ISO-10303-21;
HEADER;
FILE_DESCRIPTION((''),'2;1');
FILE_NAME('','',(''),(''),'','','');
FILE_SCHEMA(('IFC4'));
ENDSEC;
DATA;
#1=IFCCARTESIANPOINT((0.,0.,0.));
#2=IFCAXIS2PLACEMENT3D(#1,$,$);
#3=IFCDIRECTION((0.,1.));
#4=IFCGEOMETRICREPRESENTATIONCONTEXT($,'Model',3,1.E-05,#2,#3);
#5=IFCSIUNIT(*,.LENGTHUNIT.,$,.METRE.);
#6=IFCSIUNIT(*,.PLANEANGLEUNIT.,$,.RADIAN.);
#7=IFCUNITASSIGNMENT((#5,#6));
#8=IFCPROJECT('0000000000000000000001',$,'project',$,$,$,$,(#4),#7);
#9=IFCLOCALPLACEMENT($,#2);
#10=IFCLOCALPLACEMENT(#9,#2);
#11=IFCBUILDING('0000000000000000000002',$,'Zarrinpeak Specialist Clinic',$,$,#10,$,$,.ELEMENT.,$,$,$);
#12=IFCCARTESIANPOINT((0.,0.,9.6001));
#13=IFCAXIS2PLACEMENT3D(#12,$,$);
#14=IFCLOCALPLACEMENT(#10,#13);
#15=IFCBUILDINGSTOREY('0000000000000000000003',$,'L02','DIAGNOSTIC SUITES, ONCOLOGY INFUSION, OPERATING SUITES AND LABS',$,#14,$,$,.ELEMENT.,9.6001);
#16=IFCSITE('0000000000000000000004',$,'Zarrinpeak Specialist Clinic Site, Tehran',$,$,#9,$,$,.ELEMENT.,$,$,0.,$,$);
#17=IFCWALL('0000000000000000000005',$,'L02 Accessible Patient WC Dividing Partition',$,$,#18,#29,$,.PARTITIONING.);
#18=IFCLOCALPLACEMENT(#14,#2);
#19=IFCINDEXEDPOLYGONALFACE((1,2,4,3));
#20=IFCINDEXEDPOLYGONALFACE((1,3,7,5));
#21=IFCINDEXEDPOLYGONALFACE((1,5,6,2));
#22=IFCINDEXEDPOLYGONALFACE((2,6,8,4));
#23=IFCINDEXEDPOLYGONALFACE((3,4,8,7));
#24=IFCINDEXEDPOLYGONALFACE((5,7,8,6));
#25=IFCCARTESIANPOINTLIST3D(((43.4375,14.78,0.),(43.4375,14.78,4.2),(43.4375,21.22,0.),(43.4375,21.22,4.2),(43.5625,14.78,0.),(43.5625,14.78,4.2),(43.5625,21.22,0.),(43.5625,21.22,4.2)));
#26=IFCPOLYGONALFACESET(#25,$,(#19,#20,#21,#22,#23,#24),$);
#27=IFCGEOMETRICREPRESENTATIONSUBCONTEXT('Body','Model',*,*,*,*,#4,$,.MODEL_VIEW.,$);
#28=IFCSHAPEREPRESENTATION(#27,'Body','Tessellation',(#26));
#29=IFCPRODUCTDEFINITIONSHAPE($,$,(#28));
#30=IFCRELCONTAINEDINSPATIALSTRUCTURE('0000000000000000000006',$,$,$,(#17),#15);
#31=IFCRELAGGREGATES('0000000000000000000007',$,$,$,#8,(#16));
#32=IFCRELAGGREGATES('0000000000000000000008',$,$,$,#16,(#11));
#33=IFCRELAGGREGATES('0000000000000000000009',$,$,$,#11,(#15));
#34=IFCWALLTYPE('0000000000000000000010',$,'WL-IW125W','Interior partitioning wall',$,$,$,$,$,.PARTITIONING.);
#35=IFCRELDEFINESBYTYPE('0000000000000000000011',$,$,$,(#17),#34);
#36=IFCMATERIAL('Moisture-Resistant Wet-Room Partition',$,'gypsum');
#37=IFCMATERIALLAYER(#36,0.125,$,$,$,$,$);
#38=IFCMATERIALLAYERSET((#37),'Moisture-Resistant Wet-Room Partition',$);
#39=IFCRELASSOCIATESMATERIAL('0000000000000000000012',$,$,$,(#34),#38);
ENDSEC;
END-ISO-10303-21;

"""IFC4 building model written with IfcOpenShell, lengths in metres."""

from ifc_helpers import new_model, si_unit, direction, frame, frame_2d, origin, place, context, subcontext, project, spatial, rectangle, extrude, material, layer, layer_set, type_object, element, save


model = new_model("IFC4")

# Units and contexts
model_context = context("Model", 3, precision=1e-05, world=origin(), true_north=direction((0.0, 1.0)))
body_context = subcontext(model_context, "Body", "Model", "MODEL_VIEW")
ifc_project = project(units=[si_unit("LENGTHUNIT", "METRE"), si_unit("PLANEANGLEUNIT", "RADIAN")], contexts=[model_context])

# Site, building, storey
site_placement = place(None, origin())
site = spatial("IfcSite", under=ifc_project, at=site_placement, Name="Zarrinpeak Specialist Clinic Site, Tehran", CompositionType="ELEMENT", RefElevation=0.0)
building_placement = place(site_placement, origin())
building = spatial("IfcBuilding", under=site, at=building_placement, Name="Zarrinpeak Specialist Clinic", CompositionType="ELEMENT")
storey_placement = place(building_placement, frame((0.0, 0.0, 9.6001)))
storey = spatial("IfcBuildingStorey", under=building, at=storey_placement, Name="L02", Description="DIAGNOSTIC SUITES, ONCOLOGY INFUSION, OPERATING SUITES AND LABS", CompositionType="ELEMENT", Elevation=9.6001)

# Shared definitions
ifc_material_1 = material(Name="Moisture-Resistant Wet-Room Partition", Category="gypsum")
ifc_layer_1 = layer(ifc_material_1, 0.125)
ifc_layer_set_1 = layer_set([ifc_layer_1], Name="Moisture-Resistant Wet-Room Partition")
wall_type = type_object("IfcWallType", Name="WL-IW125W", Description="Interior partitioning wall", PredefinedType="PARTITIONING", material=ifc_layer_set_1)

# Wall
for number, where, z_axis, x_axis, name in (
    (1, (43.5, 14.78, 0.0), (0.0, 0.0, 1.0), (0.0, 1.0, 0.0), "L02 Accessible Patient WC Dividing Partition"),
):
    element("IfcWall", number, at=place(storey_placement, frame(where, z_axis=z_axis, x_axis=x_axis)), inside=storey, type_object=wall_type, Name=name, PredefinedType="PARTITIONING", context=body_context, shape_type="SweptSolid", body=[
        extrude(rectangle(XDim=6.4399, YDim=0.125, at=frame_2d((3.22, 0.0))), origin(), (0.0, 0.0, 1.0), 4.2),
    ])

save(model, "model.ifc")
